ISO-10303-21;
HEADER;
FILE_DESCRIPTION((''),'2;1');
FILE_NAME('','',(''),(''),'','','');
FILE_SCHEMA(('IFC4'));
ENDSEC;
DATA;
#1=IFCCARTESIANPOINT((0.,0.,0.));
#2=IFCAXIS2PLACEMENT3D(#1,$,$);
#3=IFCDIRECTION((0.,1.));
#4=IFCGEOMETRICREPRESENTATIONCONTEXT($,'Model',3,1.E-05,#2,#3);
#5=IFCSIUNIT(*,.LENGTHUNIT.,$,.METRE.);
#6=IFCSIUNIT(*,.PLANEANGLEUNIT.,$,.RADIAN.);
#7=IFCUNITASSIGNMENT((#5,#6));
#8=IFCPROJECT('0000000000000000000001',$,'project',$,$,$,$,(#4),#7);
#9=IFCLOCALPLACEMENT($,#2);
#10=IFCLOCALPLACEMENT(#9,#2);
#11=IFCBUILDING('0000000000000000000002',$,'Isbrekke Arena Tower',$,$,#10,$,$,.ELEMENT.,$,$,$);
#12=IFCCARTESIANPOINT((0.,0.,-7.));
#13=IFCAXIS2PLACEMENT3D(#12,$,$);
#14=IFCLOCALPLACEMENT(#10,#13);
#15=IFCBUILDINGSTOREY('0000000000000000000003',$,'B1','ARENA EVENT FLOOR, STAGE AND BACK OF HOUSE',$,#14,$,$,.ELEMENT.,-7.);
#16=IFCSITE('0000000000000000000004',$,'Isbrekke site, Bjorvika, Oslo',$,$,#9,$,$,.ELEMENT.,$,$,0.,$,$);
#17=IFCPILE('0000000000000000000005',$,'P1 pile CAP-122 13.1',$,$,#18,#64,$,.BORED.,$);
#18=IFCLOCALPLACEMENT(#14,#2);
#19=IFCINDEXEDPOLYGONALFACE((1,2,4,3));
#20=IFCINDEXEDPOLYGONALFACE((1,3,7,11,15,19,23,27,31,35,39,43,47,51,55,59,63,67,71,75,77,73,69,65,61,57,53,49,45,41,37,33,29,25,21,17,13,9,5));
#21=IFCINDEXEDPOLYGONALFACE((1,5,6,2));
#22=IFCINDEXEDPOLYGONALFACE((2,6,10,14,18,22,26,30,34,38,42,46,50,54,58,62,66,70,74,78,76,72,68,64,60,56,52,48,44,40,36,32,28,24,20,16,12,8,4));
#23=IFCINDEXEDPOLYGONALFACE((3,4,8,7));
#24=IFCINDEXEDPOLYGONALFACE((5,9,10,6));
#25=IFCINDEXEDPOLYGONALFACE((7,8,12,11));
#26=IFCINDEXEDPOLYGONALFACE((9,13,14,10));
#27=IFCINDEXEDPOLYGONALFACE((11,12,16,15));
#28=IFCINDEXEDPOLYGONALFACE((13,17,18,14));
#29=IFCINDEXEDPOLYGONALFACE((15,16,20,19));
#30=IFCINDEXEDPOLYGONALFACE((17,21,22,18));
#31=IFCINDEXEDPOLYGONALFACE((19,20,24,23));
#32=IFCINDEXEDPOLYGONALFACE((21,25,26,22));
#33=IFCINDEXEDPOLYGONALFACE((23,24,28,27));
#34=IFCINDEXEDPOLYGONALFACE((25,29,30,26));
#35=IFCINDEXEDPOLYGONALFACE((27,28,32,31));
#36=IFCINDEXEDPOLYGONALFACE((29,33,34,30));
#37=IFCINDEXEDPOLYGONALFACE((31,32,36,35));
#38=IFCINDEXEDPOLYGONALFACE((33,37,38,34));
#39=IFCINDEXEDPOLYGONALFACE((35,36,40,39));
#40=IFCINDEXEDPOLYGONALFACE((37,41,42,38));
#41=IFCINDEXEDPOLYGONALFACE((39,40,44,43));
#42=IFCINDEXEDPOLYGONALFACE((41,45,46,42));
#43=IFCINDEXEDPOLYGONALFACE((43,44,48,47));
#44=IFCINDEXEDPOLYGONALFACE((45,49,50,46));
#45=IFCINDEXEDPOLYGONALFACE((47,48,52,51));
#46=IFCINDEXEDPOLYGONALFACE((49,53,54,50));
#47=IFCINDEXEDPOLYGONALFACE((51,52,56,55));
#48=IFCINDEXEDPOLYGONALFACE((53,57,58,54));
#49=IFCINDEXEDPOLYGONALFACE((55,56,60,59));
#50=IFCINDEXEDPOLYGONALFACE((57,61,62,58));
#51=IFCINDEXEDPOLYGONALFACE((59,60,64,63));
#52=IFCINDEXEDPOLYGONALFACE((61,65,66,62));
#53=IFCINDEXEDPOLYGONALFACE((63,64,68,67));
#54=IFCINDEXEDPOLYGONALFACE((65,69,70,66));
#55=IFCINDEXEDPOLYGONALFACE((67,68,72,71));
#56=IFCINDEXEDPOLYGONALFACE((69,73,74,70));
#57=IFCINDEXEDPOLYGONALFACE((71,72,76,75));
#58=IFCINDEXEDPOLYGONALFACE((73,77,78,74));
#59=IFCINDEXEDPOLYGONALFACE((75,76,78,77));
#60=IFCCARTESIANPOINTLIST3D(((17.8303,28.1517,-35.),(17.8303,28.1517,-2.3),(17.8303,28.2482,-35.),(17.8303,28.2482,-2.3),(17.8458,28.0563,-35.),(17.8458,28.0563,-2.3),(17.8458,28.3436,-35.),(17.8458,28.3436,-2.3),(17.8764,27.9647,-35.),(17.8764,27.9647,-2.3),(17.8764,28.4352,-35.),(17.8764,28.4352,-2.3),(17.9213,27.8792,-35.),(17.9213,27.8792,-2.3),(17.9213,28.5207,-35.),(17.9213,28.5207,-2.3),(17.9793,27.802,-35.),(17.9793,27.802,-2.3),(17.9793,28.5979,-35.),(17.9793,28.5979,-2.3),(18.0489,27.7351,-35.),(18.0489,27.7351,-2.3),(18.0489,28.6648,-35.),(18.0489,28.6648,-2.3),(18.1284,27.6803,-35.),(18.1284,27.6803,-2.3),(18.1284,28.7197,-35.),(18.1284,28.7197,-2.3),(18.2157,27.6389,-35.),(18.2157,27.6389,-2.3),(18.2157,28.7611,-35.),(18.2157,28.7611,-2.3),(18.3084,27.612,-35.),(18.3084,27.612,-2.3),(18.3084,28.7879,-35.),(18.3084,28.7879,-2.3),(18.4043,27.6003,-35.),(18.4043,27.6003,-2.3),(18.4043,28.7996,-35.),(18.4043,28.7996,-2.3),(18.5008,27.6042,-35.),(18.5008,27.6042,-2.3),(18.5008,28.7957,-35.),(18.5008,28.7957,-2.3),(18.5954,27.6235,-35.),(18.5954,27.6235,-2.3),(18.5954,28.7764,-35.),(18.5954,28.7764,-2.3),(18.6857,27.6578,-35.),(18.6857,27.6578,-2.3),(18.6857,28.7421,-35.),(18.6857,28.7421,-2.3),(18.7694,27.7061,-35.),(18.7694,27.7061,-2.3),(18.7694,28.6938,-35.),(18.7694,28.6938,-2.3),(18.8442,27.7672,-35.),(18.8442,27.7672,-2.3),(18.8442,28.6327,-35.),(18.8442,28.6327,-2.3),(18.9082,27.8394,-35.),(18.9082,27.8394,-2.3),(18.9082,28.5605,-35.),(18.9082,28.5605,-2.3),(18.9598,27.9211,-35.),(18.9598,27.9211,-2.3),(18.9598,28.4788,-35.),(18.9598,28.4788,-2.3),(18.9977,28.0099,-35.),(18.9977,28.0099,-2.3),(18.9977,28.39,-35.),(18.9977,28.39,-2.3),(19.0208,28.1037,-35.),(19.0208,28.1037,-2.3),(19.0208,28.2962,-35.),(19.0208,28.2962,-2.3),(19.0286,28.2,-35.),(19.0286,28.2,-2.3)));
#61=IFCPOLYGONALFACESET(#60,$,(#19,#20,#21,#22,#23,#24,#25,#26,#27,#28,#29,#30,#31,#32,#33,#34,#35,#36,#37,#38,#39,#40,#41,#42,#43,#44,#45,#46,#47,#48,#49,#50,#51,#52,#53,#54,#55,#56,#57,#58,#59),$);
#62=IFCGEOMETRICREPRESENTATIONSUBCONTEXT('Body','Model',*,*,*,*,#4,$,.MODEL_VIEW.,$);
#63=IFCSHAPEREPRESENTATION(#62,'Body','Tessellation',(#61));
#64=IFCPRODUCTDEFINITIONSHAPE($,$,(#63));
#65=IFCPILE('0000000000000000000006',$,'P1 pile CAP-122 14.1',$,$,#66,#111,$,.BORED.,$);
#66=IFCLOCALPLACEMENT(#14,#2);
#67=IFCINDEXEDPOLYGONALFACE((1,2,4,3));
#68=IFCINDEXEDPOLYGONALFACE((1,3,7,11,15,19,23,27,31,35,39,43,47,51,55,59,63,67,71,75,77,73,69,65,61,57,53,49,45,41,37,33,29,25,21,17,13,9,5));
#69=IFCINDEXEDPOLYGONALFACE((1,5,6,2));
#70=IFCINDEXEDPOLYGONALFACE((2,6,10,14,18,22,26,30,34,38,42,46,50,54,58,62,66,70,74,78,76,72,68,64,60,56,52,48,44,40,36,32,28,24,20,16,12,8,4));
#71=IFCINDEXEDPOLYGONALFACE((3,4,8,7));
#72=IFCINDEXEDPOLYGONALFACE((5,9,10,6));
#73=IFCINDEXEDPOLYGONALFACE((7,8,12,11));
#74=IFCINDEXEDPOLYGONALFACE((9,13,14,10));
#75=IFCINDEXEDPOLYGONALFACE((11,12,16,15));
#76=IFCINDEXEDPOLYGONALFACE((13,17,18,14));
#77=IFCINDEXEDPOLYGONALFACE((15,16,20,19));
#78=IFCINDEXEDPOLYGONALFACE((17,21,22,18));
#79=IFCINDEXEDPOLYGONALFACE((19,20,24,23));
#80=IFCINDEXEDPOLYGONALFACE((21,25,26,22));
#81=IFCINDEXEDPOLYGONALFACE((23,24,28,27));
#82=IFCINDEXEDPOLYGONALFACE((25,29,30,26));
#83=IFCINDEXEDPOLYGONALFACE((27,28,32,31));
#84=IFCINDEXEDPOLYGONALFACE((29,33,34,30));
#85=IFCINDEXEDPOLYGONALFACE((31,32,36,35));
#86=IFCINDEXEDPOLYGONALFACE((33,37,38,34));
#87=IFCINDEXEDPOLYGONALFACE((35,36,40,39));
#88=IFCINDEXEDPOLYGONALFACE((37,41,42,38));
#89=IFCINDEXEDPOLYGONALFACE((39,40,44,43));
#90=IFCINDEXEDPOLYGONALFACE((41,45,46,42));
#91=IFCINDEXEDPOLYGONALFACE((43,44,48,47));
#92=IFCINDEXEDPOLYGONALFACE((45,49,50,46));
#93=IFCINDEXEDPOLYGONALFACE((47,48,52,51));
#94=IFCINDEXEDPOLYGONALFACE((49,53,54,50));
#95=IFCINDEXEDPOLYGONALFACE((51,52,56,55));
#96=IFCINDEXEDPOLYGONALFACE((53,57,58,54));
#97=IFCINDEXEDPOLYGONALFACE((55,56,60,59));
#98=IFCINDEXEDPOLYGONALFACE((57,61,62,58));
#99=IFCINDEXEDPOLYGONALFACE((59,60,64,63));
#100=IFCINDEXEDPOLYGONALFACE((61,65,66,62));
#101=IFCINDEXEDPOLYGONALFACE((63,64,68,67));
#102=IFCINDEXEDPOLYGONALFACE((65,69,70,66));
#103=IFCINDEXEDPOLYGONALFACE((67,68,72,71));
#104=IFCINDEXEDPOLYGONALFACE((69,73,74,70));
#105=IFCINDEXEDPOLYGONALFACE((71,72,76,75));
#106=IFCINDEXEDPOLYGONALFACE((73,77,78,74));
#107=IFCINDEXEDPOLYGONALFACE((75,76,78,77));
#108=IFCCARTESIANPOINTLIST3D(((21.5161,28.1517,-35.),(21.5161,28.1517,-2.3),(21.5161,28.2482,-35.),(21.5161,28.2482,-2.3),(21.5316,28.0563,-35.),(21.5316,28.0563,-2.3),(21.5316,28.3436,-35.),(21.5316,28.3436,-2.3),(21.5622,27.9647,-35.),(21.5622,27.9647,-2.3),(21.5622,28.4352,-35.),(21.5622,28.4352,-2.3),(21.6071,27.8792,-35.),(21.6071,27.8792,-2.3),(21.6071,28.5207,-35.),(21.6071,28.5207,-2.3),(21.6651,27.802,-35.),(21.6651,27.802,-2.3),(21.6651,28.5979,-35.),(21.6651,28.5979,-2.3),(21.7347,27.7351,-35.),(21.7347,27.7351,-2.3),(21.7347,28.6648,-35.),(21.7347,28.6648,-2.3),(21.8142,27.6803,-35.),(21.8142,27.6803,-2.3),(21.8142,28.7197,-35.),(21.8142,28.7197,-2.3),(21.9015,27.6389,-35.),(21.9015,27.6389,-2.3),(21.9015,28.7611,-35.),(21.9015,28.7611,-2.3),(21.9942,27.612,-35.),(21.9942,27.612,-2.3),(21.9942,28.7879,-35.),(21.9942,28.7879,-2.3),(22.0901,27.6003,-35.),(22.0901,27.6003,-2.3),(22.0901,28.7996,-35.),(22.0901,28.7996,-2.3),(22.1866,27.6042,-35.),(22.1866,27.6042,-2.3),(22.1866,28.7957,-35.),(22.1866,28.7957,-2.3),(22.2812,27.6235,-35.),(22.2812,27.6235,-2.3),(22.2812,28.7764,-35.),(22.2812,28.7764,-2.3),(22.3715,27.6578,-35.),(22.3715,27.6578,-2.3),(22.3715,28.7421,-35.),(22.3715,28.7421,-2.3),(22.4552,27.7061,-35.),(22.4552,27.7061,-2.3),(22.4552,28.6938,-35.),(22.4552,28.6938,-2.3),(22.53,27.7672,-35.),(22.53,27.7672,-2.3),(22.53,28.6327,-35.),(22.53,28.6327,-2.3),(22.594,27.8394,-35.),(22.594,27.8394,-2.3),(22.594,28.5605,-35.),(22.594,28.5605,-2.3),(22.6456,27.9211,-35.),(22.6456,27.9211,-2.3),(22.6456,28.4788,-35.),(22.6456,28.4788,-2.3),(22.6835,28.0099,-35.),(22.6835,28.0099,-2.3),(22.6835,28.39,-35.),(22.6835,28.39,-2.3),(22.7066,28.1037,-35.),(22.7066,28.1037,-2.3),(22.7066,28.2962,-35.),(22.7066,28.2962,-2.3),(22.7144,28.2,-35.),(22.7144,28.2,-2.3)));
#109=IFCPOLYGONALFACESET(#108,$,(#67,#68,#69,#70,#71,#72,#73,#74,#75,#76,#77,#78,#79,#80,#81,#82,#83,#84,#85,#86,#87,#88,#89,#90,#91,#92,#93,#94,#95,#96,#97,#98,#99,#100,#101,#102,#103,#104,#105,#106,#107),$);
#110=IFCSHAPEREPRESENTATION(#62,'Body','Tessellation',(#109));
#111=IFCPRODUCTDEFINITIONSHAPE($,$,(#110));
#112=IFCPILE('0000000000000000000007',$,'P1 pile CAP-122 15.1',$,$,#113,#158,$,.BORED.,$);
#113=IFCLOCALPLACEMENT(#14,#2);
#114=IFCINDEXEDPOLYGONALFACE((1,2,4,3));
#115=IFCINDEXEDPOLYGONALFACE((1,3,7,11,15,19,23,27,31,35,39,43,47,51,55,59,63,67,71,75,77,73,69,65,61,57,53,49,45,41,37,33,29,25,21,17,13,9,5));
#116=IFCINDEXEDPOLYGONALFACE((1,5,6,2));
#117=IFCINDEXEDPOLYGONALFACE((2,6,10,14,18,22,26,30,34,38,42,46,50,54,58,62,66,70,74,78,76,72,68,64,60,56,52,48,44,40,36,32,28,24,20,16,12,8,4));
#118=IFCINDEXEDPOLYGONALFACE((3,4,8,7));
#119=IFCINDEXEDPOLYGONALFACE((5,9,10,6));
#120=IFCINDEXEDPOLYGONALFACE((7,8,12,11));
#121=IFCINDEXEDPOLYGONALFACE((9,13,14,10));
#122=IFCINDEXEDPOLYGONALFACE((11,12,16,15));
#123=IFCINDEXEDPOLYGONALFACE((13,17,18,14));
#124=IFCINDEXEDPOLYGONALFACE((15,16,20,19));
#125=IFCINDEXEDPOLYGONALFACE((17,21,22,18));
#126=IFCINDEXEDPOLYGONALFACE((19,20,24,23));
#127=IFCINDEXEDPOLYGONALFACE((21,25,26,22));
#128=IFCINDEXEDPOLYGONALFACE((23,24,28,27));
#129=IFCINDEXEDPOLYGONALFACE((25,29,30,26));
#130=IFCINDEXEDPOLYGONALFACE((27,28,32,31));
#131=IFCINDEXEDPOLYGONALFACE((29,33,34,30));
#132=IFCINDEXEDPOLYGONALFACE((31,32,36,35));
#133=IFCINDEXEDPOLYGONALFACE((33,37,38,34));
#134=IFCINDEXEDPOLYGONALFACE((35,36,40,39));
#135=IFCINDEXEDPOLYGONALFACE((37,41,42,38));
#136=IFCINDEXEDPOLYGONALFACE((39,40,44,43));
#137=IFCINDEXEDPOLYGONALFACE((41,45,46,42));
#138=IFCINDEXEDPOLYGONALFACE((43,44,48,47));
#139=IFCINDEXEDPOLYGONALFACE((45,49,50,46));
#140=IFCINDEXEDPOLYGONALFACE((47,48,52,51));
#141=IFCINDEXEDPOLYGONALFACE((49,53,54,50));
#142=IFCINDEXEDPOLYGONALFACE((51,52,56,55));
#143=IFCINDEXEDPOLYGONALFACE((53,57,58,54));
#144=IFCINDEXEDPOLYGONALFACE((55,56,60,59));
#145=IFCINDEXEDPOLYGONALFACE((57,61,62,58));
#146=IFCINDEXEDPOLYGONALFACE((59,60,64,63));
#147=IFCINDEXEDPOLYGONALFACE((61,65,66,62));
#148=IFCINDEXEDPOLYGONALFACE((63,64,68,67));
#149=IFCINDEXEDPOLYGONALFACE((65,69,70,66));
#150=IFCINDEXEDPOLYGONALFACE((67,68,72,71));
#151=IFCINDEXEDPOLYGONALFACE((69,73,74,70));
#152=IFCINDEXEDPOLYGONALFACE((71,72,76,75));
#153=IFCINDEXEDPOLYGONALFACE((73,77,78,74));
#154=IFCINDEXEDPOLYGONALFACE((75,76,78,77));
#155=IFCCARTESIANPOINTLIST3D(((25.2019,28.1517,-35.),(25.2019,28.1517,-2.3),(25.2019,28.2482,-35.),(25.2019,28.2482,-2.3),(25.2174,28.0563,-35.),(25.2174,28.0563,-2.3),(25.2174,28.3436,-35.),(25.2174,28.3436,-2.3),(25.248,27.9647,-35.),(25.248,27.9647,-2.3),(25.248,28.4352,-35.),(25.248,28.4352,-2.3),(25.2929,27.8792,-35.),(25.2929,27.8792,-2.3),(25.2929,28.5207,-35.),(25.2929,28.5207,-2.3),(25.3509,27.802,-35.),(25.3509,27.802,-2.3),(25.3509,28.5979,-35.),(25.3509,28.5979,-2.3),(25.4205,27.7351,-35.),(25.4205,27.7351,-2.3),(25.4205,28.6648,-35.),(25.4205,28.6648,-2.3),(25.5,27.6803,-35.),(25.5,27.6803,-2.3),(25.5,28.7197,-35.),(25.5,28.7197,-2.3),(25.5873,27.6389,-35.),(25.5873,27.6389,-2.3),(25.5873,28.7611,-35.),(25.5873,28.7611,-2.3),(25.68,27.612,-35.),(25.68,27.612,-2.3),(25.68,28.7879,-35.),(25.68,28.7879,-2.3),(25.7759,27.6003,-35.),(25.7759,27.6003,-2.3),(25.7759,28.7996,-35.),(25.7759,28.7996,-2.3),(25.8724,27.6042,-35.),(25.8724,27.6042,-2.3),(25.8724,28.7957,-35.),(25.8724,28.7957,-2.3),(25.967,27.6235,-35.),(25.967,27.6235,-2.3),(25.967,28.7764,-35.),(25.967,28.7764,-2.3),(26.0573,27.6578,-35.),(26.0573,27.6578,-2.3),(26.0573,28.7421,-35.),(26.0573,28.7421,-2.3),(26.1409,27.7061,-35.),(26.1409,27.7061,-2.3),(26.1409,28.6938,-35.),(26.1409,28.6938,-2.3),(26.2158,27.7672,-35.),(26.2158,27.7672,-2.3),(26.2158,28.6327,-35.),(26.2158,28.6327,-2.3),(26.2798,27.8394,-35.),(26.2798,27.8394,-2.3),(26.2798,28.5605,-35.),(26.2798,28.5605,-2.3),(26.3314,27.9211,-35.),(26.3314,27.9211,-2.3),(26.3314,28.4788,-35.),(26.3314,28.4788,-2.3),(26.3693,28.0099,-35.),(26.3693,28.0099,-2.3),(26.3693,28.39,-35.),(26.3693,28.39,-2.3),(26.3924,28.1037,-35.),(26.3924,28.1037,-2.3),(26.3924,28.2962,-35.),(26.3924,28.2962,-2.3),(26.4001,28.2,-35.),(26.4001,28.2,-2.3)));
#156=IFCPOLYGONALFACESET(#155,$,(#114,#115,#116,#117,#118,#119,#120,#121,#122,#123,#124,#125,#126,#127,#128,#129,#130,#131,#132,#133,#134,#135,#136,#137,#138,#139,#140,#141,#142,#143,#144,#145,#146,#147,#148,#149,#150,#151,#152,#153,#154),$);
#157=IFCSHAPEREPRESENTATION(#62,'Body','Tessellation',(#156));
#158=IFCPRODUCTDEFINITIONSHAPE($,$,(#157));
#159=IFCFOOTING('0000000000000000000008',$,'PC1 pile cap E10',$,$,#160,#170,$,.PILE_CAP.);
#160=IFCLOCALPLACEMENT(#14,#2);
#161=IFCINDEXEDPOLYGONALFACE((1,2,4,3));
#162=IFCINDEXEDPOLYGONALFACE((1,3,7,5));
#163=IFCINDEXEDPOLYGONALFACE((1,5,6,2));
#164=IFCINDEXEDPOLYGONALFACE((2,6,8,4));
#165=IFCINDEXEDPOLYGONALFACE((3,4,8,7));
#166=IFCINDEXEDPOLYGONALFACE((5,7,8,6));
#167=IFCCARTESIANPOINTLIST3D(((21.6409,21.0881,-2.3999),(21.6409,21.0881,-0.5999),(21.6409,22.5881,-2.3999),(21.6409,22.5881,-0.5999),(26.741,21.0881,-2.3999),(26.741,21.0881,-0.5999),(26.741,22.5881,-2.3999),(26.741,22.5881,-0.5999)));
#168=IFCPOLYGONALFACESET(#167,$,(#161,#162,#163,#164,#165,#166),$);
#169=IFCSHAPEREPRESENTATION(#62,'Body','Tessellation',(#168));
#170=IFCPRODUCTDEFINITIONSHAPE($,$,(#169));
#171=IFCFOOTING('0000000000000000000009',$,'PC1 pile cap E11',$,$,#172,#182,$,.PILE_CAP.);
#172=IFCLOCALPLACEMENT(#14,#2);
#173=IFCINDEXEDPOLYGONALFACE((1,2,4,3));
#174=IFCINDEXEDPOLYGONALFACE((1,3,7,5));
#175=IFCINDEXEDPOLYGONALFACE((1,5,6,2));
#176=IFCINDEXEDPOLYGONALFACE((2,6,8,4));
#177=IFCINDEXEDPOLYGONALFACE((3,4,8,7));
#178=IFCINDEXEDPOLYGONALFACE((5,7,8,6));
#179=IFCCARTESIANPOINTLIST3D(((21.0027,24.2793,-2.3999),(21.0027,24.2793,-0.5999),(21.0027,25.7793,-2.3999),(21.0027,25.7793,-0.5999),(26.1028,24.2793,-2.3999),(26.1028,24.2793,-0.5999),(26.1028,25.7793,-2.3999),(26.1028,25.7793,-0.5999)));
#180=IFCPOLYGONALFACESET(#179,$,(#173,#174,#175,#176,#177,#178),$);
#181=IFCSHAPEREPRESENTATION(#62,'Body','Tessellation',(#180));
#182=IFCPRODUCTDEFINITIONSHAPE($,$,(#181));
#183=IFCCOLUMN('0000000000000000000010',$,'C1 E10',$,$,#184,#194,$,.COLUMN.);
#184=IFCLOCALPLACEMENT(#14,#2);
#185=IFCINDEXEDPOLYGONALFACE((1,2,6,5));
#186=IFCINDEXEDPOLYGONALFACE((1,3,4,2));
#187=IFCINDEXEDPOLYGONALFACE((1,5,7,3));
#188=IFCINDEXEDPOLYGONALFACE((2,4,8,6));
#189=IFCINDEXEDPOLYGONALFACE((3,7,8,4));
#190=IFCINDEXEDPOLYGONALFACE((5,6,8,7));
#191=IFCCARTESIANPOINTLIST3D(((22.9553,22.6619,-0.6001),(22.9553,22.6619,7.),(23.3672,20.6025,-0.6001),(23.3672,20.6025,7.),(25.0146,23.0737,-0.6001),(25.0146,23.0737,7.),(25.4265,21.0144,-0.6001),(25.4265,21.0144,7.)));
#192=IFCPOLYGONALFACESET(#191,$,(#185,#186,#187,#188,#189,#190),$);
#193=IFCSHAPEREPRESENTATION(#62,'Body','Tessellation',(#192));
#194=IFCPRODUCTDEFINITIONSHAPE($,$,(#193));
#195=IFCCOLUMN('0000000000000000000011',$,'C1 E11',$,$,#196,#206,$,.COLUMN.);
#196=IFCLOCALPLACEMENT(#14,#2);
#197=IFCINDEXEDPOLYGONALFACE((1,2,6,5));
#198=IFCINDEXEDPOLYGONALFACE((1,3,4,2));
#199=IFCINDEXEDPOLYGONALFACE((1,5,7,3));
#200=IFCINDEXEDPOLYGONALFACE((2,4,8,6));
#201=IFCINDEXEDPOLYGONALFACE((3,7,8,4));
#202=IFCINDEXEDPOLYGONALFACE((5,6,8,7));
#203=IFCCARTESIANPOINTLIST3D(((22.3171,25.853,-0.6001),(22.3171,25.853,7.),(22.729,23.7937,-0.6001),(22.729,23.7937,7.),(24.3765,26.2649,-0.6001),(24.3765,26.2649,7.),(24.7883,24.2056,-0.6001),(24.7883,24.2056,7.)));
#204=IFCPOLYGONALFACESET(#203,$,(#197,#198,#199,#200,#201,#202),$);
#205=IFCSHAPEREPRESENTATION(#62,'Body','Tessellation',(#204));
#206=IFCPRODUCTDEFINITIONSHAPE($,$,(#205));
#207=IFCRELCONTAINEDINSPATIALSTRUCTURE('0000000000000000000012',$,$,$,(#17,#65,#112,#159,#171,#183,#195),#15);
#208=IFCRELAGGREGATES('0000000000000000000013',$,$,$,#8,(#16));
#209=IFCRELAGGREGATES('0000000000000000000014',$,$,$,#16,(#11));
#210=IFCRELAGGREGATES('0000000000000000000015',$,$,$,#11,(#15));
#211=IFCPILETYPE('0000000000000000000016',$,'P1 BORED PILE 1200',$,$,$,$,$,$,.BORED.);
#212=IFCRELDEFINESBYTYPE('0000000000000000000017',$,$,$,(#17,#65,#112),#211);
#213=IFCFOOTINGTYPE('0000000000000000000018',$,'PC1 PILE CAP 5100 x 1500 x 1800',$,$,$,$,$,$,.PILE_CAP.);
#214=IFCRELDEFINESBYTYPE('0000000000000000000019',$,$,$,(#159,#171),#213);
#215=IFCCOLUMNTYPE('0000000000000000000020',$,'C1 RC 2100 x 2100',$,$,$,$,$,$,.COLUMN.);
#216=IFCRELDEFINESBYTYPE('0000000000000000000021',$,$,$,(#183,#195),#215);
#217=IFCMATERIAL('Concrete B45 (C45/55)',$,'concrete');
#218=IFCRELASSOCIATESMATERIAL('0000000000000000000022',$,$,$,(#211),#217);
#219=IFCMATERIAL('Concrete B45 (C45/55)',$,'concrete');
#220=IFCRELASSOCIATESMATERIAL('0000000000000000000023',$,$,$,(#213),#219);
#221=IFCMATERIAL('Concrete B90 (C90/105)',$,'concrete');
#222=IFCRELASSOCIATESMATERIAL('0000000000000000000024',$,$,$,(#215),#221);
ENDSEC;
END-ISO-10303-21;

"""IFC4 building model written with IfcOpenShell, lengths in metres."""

from ifc_helpers import new_model, si_unit, direction, frame, origin, origin_2d, place, context, subcontext, project, spatial, rectangle, circle, extrude, material, material_profile, profile_set, type_object, element, save


model = new_model("IFC4")

# Units and contexts
model_context = context("Model", 3, precision=1e-05, world=origin(), true_north=direction((0.0, 1.0)))
body_context = subcontext(model_context, "Body", "Model", "MODEL_VIEW")
ifc_project = project(units=[si_unit("LENGTHUNIT", "METRE"), si_unit("PLANEANGLEUNIT", "RADIAN")], contexts=[model_context])

# Site, building, storey
site_placement = place(None, origin())
site = spatial("IfcSite", under=ifc_project, at=site_placement, Name="Isbrekke site, Bjorvika, Oslo", CompositionType="ELEMENT", RefElevation=0.0)
building_placement = place(site_placement, origin())
building = spatial("IfcBuilding", under=site, at=building_placement, Name="Isbrekke Arena Tower", CompositionType="ELEMENT")
storey_placement = place(building_placement, frame((0.0, 0.0, -7.0)))
storey = spatial("IfcBuildingStorey", under=building, at=storey_placement, Name="B1", Description="ARENA EVENT FLOOR, STAGE AND BACK OF HOUSE", CompositionType="ELEMENT", Elevation=-7.0)

# Piles
ifc_material_1 = material(Name="Concrete B45 (C45/55)", Category="concrete")
ifc_material_profile_1 = material_profile(ifc_material_1, circle(Radius=0.6001, at=origin_2d()), Name="BORED PILE D1200")
ifc_profile_set_1 = profile_set([ifc_material_profile_1], Name="Concrete B45 (C45/55)")
pile_type = type_object("IfcPileType", Name="P1 BORED PILE 1200", PredefinedType="BORED", material=ifc_profile_set_1)
for number, where, z_axis, x_axis, name in (
    (1, (18.4285, 28.2, -2.3), (0.0, 0.0, -1.0), (1.0, 0.0, 0.0), "P1 pile CAP-122 13.1"),
    (2, (22.1143, 28.2, -2.3), (0.0, 0.0, -1.0), (1.0, 0.0, 0.0), "P1 pile CAP-122 14.1"),
    (3, (25.8, 28.2, -2.3), (0.0, 0.0, -1.0), (1.0, 0.0, 0.0), "P1 pile CAP-122 15.1"),
):
    element("IfcPile", number, at=place(storey_placement, frame(where, z_axis=z_axis, x_axis=x_axis)), inside=storey, type_object=pile_type, Name=name, PredefinedType="BORED", context=body_context, shape_type="SweptSolid", body=[
        extrude(circle(Radius=0.6001, at=origin_2d()), origin(), (0.0, 0.0, 1.0), 32.7),
    ])

# Footings
ifc_material_2 = material(Name="Concrete B45 (C45/55)", Category="concrete")
footing_type = type_object("IfcFootingType", Name="PC1 PILE CAP 5100 x 1500 x 1800", PredefinedType="PILE_CAP", material=ifc_material_2)
for number, where, z_axis, x_axis, name in (
    (4, (24.1909, 21.8381, -2.3999), (0.0, 0.0, 1.0), (1.0, 0.0, 0.0), "PC1 pile cap E10"),
    (5, (23.5527, 25.0293, -2.3999), (0.0, 0.0, 1.0), (1.0, 0.0, 0.0), "PC1 pile cap E11"),
):
    element("IfcFooting", number, at=place(storey_placement, frame(where, z_axis=z_axis, x_axis=x_axis)), inside=storey, type_object=footing_type, Name=name, PredefinedType="PILE_CAP", context=body_context, shape_type="SweptSolid", body=[
        extrude(rectangle(XDim=5.1001, YDim=1.5, at=origin_2d()), origin(), (0.0, 0.0, 1.0), 1.8),
    ])

# Columns
ifc_material_3 = material(Name="Concrete B90 (C90/105)", Category="concrete")
ifc_material_profile_2 = material_profile(ifc_material_3, rectangle(XDim=2.1001, YDim=2.1001, at=origin_2d()), Name="RC 2100x2100")
ifc_profile_set_2 = profile_set([ifc_material_profile_2], Name="Concrete B90 (C90/105)")
column_type_1 = type_object("IfcColumnType", Name="C1 RC 2100 x 2100", PredefinedType="COLUMN", material=ifc_profile_set_2)
for number, where, z_axis, x_axis, name in (
    (6, (24.1909, 21.8381, -0.6001), (0.0, 0.0, 1.0), (-0.196116, 0.980581, 0.0), "C1 E10"),
    (7, (23.5527, 25.0293, -0.6001), (0.0, 0.0, 1.0), (-0.196116, 0.980581, 0.0), "C1 E11"),
):
    element("IfcColumn", number, at=place(storey_placement, frame(where, z_axis=z_axis, x_axis=x_axis)), inside=storey, type_object=column_type_1, Name=name, PredefinedType="COLUMN", context=body_context, shape_type="SweptSolid", body=[
        extrude(rectangle(XDim=2.1001, YDim=2.1001, at=origin_2d()), origin(), (0.0, 0.0, 1.0), 7.6001),
    ])

save(model, "model.ifc")
